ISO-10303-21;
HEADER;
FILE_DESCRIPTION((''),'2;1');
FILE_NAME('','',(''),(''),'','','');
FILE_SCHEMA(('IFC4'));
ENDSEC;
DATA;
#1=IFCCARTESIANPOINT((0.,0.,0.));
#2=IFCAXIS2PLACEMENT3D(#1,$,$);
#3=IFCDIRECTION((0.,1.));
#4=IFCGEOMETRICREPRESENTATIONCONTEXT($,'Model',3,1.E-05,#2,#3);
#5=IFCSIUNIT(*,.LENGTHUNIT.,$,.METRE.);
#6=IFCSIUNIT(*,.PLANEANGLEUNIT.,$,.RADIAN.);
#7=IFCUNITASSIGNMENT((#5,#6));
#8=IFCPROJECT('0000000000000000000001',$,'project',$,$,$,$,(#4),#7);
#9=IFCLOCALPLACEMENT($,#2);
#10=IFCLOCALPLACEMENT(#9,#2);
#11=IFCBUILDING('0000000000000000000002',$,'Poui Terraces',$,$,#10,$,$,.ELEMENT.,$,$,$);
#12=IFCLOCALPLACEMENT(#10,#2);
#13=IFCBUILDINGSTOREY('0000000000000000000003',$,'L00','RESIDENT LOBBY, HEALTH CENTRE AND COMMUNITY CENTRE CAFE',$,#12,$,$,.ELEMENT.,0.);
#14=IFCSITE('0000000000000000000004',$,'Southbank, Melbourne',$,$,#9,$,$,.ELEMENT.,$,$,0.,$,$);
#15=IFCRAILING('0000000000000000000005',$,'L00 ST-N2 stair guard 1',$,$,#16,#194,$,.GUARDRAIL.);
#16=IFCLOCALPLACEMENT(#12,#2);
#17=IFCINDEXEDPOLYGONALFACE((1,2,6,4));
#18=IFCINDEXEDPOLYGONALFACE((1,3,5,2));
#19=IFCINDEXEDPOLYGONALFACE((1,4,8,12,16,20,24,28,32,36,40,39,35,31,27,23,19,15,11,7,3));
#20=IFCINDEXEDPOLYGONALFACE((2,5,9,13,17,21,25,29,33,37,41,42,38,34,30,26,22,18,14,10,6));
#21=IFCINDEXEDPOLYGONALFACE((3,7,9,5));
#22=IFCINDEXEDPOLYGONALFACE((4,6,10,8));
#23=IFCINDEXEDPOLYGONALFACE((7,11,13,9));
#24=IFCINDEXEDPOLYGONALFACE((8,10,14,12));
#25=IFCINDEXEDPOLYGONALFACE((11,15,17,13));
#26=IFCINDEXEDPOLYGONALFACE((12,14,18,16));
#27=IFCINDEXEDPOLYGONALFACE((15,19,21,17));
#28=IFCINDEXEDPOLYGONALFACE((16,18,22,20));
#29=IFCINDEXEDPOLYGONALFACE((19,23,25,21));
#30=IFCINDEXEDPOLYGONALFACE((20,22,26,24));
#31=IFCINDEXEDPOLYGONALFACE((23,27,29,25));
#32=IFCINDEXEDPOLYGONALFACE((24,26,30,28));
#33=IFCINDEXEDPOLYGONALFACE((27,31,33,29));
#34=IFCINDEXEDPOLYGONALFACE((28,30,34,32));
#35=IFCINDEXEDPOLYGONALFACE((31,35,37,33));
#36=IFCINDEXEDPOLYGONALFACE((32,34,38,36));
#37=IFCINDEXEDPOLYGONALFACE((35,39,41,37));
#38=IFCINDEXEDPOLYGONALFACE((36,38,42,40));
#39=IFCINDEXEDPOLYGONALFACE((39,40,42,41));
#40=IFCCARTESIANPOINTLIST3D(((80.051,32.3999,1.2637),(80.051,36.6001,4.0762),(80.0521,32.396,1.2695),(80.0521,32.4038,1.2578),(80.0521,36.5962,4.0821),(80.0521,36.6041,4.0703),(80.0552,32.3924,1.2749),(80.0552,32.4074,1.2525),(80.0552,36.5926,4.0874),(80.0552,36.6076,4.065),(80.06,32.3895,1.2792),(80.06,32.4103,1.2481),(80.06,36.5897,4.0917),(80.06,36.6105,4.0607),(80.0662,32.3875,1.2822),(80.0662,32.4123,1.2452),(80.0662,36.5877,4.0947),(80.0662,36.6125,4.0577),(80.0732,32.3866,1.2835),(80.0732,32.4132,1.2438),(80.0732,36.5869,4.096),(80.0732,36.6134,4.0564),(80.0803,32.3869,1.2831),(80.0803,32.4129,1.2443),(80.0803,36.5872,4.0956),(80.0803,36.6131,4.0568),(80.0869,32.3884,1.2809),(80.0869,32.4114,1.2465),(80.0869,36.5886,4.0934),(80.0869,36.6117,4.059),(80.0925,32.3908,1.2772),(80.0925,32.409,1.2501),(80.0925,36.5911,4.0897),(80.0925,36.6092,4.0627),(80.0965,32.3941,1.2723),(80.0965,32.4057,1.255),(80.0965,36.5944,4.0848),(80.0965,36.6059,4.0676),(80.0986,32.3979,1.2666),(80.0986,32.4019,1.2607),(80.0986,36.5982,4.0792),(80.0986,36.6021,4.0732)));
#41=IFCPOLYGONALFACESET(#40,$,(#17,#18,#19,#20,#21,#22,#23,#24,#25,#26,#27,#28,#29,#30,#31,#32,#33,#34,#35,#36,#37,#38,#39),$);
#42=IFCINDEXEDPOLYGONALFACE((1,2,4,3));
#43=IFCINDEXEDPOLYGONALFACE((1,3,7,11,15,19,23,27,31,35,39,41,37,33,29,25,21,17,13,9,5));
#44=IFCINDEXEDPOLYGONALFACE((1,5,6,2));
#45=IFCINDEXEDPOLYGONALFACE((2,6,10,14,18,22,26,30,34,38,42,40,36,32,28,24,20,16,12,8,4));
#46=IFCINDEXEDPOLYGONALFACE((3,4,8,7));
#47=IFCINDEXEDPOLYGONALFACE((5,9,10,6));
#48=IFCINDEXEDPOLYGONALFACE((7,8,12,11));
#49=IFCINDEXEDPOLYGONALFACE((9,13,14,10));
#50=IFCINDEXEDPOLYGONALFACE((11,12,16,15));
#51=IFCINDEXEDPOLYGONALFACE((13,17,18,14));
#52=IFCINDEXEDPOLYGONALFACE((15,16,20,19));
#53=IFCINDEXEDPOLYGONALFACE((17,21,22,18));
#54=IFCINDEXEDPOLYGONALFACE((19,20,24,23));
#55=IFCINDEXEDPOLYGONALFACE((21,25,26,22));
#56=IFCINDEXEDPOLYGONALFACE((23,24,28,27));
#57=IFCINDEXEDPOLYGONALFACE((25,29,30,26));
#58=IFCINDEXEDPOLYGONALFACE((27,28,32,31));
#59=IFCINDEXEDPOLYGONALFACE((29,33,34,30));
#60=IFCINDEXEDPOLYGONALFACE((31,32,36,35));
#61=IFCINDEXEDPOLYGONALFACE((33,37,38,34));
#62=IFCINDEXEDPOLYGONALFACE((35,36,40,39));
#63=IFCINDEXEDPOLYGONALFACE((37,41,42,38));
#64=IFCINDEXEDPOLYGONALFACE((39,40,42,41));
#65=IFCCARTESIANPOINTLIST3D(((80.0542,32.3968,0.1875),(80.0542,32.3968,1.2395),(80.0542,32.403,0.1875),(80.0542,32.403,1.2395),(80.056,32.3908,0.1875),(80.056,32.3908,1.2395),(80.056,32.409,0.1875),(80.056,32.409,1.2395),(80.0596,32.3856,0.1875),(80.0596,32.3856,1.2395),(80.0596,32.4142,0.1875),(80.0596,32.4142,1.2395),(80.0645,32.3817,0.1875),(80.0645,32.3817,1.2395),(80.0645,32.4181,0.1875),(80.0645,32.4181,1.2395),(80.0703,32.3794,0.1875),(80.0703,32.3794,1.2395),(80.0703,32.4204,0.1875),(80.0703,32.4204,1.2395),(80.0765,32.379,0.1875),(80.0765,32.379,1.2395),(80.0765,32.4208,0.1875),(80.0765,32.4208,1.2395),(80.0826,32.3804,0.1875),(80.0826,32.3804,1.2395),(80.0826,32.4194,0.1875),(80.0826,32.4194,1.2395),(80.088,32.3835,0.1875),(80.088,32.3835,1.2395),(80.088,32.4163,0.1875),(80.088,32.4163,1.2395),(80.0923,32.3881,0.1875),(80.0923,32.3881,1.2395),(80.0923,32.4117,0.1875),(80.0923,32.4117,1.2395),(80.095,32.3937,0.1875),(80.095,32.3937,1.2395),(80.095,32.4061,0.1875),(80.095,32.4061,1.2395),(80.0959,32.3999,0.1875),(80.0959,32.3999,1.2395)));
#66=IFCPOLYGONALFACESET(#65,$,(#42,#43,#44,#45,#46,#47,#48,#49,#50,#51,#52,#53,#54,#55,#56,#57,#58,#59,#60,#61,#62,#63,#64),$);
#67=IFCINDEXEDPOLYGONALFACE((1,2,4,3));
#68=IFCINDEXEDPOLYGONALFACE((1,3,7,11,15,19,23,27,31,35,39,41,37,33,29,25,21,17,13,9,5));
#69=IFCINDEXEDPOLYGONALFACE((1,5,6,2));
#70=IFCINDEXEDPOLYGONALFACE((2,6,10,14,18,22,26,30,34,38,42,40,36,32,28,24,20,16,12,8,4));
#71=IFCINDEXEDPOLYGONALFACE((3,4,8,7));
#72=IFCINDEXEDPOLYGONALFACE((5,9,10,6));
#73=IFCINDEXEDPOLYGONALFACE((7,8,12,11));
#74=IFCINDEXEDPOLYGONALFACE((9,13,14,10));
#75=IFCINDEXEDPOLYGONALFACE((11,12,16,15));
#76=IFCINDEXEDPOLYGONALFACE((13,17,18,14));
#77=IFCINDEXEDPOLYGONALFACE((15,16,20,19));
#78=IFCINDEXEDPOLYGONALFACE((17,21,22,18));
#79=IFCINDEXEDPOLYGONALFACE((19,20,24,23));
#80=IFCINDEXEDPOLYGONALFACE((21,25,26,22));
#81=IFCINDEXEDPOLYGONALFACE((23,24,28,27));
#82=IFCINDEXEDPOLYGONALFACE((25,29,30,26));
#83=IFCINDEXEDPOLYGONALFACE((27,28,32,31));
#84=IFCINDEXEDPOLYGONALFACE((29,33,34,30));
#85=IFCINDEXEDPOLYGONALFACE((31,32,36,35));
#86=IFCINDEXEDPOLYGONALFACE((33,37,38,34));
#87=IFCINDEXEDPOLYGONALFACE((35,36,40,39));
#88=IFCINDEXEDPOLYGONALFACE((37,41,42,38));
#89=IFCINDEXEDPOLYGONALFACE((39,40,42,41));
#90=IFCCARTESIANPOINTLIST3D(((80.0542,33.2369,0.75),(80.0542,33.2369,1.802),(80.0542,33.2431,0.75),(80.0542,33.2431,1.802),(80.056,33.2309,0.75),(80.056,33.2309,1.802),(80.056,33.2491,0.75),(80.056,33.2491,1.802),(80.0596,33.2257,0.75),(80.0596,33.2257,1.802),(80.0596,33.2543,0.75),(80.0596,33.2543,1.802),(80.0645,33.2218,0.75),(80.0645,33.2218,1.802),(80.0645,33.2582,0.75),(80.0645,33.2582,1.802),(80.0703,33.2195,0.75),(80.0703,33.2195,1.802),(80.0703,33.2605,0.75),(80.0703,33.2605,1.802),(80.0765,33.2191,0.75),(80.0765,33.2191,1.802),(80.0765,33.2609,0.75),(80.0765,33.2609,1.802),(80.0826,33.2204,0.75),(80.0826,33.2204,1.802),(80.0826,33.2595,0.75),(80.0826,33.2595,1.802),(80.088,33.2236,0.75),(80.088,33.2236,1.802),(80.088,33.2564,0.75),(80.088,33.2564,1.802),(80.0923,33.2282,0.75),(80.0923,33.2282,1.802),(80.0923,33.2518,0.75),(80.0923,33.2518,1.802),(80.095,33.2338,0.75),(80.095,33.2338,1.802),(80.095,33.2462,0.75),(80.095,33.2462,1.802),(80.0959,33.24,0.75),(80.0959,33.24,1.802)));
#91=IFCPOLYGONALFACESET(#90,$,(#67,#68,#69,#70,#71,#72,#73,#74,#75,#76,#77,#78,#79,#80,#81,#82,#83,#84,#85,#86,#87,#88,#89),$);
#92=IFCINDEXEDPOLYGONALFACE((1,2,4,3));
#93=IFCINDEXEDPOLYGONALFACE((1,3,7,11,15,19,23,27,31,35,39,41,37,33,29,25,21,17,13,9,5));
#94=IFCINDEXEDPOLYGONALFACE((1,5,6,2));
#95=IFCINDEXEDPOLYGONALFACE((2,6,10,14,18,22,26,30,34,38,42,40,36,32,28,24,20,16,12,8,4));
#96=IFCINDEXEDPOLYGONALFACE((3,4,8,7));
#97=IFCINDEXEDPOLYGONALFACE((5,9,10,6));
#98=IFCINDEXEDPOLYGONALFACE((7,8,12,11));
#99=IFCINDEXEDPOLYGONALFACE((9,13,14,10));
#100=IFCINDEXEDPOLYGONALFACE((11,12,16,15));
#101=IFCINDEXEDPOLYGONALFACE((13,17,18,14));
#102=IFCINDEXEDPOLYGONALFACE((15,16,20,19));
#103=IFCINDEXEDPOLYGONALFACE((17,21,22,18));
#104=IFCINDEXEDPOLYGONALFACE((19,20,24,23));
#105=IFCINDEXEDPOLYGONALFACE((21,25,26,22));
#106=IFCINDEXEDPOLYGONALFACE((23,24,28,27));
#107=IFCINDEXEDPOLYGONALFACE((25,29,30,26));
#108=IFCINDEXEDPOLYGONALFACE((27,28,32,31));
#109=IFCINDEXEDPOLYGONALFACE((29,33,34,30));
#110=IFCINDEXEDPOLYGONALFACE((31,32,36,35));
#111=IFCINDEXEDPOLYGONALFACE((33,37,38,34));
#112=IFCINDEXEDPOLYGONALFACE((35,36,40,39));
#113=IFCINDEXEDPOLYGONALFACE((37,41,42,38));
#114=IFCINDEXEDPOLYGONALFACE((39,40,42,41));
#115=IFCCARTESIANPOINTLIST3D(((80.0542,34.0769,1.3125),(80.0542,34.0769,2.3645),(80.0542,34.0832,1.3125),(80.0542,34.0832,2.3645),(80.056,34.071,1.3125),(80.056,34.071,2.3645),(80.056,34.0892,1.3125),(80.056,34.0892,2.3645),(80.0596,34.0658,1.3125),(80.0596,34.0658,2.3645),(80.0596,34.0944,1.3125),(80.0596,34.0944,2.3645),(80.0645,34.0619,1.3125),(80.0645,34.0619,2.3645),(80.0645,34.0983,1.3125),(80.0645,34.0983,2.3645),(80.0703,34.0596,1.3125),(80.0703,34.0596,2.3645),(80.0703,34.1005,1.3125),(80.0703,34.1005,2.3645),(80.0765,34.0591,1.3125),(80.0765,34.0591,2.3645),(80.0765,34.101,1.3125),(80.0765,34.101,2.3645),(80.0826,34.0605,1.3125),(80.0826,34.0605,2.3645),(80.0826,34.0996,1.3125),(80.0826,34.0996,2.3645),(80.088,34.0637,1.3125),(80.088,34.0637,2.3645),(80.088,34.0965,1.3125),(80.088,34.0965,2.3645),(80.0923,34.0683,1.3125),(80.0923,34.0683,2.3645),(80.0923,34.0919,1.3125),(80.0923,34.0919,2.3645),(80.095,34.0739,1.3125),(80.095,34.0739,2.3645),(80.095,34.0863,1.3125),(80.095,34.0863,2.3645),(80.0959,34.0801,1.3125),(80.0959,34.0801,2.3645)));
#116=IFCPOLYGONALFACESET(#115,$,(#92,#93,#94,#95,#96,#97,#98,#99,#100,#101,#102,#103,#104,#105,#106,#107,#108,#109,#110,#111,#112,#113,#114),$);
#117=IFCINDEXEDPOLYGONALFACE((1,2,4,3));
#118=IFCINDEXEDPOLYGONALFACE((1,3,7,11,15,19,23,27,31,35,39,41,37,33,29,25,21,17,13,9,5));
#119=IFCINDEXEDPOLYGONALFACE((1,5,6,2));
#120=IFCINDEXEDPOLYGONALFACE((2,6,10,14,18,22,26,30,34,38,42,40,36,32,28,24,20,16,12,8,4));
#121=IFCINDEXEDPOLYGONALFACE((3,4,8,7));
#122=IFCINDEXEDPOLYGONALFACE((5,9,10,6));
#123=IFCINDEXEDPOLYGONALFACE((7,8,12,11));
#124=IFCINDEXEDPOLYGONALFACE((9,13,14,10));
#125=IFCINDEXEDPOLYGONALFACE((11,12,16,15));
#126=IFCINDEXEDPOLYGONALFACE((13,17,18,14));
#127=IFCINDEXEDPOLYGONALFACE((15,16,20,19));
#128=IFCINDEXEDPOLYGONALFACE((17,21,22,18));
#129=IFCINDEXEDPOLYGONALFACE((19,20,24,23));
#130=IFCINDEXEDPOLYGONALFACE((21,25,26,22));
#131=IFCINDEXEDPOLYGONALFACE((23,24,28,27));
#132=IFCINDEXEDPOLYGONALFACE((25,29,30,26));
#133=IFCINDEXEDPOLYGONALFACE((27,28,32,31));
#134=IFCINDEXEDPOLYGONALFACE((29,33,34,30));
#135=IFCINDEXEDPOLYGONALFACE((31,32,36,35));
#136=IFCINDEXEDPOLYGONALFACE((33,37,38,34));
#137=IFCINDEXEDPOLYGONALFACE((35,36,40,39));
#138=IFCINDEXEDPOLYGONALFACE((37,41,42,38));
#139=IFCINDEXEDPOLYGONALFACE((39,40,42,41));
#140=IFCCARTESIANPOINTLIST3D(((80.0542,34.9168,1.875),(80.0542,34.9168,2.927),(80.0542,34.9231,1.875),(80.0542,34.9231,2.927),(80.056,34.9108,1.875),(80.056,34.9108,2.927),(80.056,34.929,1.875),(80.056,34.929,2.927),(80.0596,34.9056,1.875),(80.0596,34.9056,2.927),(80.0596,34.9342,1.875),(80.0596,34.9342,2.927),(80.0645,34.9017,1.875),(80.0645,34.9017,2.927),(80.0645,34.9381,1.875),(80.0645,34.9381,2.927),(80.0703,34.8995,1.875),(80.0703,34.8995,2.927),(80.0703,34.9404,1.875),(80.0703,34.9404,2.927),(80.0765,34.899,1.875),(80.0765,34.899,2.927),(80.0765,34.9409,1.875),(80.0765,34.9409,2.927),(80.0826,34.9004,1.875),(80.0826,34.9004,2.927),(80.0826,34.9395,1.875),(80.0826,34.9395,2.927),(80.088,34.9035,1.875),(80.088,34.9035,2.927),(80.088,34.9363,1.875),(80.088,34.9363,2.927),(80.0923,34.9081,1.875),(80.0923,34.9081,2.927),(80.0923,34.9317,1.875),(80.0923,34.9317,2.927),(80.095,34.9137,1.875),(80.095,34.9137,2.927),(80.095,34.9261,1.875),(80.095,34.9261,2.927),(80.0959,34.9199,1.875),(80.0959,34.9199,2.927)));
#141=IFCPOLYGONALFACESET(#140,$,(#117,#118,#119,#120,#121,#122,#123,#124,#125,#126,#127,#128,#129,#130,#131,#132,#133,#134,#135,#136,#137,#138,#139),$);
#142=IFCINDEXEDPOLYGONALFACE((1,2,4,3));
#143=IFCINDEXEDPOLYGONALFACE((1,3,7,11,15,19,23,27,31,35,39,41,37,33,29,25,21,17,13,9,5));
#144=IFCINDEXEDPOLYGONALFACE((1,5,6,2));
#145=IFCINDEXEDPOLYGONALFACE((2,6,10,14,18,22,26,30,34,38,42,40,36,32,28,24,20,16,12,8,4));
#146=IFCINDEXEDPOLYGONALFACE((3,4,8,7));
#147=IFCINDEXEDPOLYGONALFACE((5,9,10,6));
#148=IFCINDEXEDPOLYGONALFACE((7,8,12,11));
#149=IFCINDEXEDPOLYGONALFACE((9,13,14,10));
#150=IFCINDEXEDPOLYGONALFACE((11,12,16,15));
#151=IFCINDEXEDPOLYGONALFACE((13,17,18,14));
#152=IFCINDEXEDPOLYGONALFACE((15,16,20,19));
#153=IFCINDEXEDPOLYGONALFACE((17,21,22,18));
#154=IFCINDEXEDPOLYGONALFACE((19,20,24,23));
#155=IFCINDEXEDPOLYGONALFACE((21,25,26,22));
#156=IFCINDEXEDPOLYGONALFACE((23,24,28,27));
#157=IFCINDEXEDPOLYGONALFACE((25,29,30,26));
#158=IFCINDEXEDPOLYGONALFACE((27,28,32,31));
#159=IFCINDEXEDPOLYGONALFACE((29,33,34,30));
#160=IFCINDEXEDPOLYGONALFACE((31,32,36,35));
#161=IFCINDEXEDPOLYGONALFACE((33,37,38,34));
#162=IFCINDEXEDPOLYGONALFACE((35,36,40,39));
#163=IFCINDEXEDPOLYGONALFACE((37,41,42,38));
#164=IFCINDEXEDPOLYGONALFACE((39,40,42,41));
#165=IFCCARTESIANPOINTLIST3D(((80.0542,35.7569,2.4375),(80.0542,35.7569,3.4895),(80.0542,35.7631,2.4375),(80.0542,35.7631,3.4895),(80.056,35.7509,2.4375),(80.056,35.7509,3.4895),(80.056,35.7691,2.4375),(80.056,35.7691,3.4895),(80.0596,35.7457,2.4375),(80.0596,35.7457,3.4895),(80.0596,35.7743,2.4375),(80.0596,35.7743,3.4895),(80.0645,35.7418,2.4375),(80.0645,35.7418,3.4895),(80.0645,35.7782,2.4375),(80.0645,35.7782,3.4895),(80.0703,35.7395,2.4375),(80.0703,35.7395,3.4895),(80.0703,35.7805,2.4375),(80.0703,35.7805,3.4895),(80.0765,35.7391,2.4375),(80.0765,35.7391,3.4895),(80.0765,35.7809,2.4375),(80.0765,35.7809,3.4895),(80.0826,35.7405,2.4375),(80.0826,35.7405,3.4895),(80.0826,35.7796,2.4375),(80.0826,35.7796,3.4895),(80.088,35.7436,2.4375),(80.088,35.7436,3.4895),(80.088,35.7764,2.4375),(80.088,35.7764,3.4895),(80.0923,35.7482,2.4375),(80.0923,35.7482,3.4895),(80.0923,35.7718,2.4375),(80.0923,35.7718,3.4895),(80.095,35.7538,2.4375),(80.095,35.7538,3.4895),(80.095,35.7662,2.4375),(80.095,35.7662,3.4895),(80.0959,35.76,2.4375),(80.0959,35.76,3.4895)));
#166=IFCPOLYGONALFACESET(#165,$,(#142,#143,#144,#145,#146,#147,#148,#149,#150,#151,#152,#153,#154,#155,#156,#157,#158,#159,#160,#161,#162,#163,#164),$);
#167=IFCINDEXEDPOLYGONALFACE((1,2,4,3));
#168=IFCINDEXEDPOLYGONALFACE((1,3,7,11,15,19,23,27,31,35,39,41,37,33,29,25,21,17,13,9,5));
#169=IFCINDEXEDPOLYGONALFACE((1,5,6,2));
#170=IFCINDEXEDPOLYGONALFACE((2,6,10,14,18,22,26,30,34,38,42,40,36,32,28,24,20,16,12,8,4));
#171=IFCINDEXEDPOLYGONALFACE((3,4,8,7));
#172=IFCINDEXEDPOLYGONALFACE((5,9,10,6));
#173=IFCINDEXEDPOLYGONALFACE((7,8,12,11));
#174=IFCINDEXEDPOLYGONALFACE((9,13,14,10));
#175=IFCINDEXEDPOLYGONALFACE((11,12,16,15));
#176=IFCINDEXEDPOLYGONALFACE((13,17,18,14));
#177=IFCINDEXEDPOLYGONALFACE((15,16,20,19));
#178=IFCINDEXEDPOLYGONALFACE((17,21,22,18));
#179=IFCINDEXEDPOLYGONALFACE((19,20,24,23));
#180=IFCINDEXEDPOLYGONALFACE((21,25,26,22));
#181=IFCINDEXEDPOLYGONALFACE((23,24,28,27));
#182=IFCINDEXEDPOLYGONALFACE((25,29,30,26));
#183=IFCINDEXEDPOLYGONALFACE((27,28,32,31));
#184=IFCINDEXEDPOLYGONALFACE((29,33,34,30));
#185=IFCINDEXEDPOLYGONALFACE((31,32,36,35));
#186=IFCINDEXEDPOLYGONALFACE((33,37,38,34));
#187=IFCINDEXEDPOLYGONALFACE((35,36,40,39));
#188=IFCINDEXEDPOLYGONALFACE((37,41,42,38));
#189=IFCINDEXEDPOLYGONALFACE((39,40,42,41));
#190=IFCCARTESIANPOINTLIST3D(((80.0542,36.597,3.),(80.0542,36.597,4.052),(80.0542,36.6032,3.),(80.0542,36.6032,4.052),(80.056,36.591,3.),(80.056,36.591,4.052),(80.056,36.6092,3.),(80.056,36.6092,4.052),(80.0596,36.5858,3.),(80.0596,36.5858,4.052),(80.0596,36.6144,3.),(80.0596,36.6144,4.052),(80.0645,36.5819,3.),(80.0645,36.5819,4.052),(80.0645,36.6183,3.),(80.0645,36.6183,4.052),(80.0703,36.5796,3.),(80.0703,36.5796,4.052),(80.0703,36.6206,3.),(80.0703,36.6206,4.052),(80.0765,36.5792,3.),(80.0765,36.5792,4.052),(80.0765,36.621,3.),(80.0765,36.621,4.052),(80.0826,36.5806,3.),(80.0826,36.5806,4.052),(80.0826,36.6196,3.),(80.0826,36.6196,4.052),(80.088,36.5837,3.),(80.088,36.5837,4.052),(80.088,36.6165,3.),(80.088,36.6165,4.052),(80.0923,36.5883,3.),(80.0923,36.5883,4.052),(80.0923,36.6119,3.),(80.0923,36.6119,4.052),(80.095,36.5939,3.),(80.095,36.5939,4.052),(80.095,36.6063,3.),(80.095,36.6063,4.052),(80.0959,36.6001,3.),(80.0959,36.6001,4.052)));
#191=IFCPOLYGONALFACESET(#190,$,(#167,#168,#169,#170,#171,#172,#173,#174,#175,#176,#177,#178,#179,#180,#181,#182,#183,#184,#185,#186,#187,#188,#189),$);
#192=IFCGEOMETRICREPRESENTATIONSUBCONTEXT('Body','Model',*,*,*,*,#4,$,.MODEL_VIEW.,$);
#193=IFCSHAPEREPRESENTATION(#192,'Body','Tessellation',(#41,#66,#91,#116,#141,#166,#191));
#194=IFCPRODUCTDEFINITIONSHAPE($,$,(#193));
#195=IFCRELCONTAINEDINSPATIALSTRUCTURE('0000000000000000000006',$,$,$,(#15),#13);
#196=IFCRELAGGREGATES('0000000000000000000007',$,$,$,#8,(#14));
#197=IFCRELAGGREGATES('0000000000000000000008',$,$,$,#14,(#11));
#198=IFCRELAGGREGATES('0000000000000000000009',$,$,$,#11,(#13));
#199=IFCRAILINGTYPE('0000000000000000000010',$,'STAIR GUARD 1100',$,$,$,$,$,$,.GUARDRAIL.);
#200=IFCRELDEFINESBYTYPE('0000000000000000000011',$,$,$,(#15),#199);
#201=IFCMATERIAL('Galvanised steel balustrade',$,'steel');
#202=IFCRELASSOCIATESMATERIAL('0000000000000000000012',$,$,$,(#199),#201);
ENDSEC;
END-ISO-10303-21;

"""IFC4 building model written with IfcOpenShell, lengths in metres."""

from ifc_helpers import new_model, si_unit, direction, frame, origin, origin_2d, place, context, subcontext, project, spatial, circle, extrude, material, type_object, element, save


model = new_model("IFC4")

# Units and contexts
model_context = context("Model", 3, precision=1e-05, world=origin(), true_north=direction((0.0, 1.0)))
body_context = subcontext(model_context, "Body", "Model", "MODEL_VIEW")
ifc_project = project(units=[si_unit("LENGTHUNIT", "METRE"), si_unit("PLANEANGLEUNIT", "RADIAN")], contexts=[model_context])

# Site, building, storey
site_placement = place(None, origin())
site = spatial("IfcSite", under=ifc_project, at=site_placement, Name="Southbank, Melbourne", CompositionType="ELEMENT", RefElevation=0.0)
building_placement = place(site_placement, origin())
building = spatial("IfcBuilding", under=site, at=building_placement, Name="Poui Terraces", CompositionType="ELEMENT")
storey_placement = place(building_placement, origin())
storey = spatial("IfcBuildingStorey", under=building, at=storey_placement, Name="L00", Description="RESIDENT LOBBY, HEALTH CENTRE AND COMMUNITY CENTRE CAFE", CompositionType="ELEMENT", Elevation=0.0)

# Railing
ifc_material_1 = material(Name="Galvanised steel balustrade", Category="steel")
railing_type_1 = type_object("IfcRailingType", Name="STAIR GUARD 1100", PredefinedType="GUARDRAIL", material=ifc_material_1)
railing_1_placement = place(storey_placement, frame((80.075, 32.3999, 0.1875)))
element("IfcRailing", 1, at=railing_1_placement, inside=storey, type_object=railing_type_1, Name="L00 ST-N2 stair guard 1", PredefinedType="GUARDRAIL", context=body_context, shape_type="SweptSolid", body=[
    extrude(circle(Radius=0.0239, at=origin_2d()), frame((0.0, 0.0, 1.0762), z_axis=(0.0, 0.830919, 0.556393), x_axis=(-1.0, 0.0, 0.0)), (0.0, 0.0, 1.0), 5.0549),
    extrude(circle(Radius=0.021, at=origin_2d()), origin(), (0.0, 0.0, 1.0), 1.052),
    extrude(circle(Radius=0.021, at=origin_2d()), frame((0.0, 0.8401, 0.5625)), (0.0, 0.0, 1.0), 1.052),
    extrude(circle(Radius=0.021, at=origin_2d()), frame((0.0, 1.6802, 1.125)), (0.0, 0.0, 1.0), 1.052),
    extrude(circle(Radius=0.021, at=origin_2d()), frame((0.0, 2.52, 1.6875)), (0.0, 0.0, 1.0), 1.052),
    extrude(circle(Radius=0.021, at=origin_2d()), frame((0.0, 3.3601, 2.25)), (0.0, 0.0, 1.0), 1.052),
    extrude(circle(Radius=0.021, at=origin_2d()), frame((0.0, 4.2002, 2.8125)), (0.0, 0.0, 1.0), 1.052),
])

save(model, "model.ifc")
